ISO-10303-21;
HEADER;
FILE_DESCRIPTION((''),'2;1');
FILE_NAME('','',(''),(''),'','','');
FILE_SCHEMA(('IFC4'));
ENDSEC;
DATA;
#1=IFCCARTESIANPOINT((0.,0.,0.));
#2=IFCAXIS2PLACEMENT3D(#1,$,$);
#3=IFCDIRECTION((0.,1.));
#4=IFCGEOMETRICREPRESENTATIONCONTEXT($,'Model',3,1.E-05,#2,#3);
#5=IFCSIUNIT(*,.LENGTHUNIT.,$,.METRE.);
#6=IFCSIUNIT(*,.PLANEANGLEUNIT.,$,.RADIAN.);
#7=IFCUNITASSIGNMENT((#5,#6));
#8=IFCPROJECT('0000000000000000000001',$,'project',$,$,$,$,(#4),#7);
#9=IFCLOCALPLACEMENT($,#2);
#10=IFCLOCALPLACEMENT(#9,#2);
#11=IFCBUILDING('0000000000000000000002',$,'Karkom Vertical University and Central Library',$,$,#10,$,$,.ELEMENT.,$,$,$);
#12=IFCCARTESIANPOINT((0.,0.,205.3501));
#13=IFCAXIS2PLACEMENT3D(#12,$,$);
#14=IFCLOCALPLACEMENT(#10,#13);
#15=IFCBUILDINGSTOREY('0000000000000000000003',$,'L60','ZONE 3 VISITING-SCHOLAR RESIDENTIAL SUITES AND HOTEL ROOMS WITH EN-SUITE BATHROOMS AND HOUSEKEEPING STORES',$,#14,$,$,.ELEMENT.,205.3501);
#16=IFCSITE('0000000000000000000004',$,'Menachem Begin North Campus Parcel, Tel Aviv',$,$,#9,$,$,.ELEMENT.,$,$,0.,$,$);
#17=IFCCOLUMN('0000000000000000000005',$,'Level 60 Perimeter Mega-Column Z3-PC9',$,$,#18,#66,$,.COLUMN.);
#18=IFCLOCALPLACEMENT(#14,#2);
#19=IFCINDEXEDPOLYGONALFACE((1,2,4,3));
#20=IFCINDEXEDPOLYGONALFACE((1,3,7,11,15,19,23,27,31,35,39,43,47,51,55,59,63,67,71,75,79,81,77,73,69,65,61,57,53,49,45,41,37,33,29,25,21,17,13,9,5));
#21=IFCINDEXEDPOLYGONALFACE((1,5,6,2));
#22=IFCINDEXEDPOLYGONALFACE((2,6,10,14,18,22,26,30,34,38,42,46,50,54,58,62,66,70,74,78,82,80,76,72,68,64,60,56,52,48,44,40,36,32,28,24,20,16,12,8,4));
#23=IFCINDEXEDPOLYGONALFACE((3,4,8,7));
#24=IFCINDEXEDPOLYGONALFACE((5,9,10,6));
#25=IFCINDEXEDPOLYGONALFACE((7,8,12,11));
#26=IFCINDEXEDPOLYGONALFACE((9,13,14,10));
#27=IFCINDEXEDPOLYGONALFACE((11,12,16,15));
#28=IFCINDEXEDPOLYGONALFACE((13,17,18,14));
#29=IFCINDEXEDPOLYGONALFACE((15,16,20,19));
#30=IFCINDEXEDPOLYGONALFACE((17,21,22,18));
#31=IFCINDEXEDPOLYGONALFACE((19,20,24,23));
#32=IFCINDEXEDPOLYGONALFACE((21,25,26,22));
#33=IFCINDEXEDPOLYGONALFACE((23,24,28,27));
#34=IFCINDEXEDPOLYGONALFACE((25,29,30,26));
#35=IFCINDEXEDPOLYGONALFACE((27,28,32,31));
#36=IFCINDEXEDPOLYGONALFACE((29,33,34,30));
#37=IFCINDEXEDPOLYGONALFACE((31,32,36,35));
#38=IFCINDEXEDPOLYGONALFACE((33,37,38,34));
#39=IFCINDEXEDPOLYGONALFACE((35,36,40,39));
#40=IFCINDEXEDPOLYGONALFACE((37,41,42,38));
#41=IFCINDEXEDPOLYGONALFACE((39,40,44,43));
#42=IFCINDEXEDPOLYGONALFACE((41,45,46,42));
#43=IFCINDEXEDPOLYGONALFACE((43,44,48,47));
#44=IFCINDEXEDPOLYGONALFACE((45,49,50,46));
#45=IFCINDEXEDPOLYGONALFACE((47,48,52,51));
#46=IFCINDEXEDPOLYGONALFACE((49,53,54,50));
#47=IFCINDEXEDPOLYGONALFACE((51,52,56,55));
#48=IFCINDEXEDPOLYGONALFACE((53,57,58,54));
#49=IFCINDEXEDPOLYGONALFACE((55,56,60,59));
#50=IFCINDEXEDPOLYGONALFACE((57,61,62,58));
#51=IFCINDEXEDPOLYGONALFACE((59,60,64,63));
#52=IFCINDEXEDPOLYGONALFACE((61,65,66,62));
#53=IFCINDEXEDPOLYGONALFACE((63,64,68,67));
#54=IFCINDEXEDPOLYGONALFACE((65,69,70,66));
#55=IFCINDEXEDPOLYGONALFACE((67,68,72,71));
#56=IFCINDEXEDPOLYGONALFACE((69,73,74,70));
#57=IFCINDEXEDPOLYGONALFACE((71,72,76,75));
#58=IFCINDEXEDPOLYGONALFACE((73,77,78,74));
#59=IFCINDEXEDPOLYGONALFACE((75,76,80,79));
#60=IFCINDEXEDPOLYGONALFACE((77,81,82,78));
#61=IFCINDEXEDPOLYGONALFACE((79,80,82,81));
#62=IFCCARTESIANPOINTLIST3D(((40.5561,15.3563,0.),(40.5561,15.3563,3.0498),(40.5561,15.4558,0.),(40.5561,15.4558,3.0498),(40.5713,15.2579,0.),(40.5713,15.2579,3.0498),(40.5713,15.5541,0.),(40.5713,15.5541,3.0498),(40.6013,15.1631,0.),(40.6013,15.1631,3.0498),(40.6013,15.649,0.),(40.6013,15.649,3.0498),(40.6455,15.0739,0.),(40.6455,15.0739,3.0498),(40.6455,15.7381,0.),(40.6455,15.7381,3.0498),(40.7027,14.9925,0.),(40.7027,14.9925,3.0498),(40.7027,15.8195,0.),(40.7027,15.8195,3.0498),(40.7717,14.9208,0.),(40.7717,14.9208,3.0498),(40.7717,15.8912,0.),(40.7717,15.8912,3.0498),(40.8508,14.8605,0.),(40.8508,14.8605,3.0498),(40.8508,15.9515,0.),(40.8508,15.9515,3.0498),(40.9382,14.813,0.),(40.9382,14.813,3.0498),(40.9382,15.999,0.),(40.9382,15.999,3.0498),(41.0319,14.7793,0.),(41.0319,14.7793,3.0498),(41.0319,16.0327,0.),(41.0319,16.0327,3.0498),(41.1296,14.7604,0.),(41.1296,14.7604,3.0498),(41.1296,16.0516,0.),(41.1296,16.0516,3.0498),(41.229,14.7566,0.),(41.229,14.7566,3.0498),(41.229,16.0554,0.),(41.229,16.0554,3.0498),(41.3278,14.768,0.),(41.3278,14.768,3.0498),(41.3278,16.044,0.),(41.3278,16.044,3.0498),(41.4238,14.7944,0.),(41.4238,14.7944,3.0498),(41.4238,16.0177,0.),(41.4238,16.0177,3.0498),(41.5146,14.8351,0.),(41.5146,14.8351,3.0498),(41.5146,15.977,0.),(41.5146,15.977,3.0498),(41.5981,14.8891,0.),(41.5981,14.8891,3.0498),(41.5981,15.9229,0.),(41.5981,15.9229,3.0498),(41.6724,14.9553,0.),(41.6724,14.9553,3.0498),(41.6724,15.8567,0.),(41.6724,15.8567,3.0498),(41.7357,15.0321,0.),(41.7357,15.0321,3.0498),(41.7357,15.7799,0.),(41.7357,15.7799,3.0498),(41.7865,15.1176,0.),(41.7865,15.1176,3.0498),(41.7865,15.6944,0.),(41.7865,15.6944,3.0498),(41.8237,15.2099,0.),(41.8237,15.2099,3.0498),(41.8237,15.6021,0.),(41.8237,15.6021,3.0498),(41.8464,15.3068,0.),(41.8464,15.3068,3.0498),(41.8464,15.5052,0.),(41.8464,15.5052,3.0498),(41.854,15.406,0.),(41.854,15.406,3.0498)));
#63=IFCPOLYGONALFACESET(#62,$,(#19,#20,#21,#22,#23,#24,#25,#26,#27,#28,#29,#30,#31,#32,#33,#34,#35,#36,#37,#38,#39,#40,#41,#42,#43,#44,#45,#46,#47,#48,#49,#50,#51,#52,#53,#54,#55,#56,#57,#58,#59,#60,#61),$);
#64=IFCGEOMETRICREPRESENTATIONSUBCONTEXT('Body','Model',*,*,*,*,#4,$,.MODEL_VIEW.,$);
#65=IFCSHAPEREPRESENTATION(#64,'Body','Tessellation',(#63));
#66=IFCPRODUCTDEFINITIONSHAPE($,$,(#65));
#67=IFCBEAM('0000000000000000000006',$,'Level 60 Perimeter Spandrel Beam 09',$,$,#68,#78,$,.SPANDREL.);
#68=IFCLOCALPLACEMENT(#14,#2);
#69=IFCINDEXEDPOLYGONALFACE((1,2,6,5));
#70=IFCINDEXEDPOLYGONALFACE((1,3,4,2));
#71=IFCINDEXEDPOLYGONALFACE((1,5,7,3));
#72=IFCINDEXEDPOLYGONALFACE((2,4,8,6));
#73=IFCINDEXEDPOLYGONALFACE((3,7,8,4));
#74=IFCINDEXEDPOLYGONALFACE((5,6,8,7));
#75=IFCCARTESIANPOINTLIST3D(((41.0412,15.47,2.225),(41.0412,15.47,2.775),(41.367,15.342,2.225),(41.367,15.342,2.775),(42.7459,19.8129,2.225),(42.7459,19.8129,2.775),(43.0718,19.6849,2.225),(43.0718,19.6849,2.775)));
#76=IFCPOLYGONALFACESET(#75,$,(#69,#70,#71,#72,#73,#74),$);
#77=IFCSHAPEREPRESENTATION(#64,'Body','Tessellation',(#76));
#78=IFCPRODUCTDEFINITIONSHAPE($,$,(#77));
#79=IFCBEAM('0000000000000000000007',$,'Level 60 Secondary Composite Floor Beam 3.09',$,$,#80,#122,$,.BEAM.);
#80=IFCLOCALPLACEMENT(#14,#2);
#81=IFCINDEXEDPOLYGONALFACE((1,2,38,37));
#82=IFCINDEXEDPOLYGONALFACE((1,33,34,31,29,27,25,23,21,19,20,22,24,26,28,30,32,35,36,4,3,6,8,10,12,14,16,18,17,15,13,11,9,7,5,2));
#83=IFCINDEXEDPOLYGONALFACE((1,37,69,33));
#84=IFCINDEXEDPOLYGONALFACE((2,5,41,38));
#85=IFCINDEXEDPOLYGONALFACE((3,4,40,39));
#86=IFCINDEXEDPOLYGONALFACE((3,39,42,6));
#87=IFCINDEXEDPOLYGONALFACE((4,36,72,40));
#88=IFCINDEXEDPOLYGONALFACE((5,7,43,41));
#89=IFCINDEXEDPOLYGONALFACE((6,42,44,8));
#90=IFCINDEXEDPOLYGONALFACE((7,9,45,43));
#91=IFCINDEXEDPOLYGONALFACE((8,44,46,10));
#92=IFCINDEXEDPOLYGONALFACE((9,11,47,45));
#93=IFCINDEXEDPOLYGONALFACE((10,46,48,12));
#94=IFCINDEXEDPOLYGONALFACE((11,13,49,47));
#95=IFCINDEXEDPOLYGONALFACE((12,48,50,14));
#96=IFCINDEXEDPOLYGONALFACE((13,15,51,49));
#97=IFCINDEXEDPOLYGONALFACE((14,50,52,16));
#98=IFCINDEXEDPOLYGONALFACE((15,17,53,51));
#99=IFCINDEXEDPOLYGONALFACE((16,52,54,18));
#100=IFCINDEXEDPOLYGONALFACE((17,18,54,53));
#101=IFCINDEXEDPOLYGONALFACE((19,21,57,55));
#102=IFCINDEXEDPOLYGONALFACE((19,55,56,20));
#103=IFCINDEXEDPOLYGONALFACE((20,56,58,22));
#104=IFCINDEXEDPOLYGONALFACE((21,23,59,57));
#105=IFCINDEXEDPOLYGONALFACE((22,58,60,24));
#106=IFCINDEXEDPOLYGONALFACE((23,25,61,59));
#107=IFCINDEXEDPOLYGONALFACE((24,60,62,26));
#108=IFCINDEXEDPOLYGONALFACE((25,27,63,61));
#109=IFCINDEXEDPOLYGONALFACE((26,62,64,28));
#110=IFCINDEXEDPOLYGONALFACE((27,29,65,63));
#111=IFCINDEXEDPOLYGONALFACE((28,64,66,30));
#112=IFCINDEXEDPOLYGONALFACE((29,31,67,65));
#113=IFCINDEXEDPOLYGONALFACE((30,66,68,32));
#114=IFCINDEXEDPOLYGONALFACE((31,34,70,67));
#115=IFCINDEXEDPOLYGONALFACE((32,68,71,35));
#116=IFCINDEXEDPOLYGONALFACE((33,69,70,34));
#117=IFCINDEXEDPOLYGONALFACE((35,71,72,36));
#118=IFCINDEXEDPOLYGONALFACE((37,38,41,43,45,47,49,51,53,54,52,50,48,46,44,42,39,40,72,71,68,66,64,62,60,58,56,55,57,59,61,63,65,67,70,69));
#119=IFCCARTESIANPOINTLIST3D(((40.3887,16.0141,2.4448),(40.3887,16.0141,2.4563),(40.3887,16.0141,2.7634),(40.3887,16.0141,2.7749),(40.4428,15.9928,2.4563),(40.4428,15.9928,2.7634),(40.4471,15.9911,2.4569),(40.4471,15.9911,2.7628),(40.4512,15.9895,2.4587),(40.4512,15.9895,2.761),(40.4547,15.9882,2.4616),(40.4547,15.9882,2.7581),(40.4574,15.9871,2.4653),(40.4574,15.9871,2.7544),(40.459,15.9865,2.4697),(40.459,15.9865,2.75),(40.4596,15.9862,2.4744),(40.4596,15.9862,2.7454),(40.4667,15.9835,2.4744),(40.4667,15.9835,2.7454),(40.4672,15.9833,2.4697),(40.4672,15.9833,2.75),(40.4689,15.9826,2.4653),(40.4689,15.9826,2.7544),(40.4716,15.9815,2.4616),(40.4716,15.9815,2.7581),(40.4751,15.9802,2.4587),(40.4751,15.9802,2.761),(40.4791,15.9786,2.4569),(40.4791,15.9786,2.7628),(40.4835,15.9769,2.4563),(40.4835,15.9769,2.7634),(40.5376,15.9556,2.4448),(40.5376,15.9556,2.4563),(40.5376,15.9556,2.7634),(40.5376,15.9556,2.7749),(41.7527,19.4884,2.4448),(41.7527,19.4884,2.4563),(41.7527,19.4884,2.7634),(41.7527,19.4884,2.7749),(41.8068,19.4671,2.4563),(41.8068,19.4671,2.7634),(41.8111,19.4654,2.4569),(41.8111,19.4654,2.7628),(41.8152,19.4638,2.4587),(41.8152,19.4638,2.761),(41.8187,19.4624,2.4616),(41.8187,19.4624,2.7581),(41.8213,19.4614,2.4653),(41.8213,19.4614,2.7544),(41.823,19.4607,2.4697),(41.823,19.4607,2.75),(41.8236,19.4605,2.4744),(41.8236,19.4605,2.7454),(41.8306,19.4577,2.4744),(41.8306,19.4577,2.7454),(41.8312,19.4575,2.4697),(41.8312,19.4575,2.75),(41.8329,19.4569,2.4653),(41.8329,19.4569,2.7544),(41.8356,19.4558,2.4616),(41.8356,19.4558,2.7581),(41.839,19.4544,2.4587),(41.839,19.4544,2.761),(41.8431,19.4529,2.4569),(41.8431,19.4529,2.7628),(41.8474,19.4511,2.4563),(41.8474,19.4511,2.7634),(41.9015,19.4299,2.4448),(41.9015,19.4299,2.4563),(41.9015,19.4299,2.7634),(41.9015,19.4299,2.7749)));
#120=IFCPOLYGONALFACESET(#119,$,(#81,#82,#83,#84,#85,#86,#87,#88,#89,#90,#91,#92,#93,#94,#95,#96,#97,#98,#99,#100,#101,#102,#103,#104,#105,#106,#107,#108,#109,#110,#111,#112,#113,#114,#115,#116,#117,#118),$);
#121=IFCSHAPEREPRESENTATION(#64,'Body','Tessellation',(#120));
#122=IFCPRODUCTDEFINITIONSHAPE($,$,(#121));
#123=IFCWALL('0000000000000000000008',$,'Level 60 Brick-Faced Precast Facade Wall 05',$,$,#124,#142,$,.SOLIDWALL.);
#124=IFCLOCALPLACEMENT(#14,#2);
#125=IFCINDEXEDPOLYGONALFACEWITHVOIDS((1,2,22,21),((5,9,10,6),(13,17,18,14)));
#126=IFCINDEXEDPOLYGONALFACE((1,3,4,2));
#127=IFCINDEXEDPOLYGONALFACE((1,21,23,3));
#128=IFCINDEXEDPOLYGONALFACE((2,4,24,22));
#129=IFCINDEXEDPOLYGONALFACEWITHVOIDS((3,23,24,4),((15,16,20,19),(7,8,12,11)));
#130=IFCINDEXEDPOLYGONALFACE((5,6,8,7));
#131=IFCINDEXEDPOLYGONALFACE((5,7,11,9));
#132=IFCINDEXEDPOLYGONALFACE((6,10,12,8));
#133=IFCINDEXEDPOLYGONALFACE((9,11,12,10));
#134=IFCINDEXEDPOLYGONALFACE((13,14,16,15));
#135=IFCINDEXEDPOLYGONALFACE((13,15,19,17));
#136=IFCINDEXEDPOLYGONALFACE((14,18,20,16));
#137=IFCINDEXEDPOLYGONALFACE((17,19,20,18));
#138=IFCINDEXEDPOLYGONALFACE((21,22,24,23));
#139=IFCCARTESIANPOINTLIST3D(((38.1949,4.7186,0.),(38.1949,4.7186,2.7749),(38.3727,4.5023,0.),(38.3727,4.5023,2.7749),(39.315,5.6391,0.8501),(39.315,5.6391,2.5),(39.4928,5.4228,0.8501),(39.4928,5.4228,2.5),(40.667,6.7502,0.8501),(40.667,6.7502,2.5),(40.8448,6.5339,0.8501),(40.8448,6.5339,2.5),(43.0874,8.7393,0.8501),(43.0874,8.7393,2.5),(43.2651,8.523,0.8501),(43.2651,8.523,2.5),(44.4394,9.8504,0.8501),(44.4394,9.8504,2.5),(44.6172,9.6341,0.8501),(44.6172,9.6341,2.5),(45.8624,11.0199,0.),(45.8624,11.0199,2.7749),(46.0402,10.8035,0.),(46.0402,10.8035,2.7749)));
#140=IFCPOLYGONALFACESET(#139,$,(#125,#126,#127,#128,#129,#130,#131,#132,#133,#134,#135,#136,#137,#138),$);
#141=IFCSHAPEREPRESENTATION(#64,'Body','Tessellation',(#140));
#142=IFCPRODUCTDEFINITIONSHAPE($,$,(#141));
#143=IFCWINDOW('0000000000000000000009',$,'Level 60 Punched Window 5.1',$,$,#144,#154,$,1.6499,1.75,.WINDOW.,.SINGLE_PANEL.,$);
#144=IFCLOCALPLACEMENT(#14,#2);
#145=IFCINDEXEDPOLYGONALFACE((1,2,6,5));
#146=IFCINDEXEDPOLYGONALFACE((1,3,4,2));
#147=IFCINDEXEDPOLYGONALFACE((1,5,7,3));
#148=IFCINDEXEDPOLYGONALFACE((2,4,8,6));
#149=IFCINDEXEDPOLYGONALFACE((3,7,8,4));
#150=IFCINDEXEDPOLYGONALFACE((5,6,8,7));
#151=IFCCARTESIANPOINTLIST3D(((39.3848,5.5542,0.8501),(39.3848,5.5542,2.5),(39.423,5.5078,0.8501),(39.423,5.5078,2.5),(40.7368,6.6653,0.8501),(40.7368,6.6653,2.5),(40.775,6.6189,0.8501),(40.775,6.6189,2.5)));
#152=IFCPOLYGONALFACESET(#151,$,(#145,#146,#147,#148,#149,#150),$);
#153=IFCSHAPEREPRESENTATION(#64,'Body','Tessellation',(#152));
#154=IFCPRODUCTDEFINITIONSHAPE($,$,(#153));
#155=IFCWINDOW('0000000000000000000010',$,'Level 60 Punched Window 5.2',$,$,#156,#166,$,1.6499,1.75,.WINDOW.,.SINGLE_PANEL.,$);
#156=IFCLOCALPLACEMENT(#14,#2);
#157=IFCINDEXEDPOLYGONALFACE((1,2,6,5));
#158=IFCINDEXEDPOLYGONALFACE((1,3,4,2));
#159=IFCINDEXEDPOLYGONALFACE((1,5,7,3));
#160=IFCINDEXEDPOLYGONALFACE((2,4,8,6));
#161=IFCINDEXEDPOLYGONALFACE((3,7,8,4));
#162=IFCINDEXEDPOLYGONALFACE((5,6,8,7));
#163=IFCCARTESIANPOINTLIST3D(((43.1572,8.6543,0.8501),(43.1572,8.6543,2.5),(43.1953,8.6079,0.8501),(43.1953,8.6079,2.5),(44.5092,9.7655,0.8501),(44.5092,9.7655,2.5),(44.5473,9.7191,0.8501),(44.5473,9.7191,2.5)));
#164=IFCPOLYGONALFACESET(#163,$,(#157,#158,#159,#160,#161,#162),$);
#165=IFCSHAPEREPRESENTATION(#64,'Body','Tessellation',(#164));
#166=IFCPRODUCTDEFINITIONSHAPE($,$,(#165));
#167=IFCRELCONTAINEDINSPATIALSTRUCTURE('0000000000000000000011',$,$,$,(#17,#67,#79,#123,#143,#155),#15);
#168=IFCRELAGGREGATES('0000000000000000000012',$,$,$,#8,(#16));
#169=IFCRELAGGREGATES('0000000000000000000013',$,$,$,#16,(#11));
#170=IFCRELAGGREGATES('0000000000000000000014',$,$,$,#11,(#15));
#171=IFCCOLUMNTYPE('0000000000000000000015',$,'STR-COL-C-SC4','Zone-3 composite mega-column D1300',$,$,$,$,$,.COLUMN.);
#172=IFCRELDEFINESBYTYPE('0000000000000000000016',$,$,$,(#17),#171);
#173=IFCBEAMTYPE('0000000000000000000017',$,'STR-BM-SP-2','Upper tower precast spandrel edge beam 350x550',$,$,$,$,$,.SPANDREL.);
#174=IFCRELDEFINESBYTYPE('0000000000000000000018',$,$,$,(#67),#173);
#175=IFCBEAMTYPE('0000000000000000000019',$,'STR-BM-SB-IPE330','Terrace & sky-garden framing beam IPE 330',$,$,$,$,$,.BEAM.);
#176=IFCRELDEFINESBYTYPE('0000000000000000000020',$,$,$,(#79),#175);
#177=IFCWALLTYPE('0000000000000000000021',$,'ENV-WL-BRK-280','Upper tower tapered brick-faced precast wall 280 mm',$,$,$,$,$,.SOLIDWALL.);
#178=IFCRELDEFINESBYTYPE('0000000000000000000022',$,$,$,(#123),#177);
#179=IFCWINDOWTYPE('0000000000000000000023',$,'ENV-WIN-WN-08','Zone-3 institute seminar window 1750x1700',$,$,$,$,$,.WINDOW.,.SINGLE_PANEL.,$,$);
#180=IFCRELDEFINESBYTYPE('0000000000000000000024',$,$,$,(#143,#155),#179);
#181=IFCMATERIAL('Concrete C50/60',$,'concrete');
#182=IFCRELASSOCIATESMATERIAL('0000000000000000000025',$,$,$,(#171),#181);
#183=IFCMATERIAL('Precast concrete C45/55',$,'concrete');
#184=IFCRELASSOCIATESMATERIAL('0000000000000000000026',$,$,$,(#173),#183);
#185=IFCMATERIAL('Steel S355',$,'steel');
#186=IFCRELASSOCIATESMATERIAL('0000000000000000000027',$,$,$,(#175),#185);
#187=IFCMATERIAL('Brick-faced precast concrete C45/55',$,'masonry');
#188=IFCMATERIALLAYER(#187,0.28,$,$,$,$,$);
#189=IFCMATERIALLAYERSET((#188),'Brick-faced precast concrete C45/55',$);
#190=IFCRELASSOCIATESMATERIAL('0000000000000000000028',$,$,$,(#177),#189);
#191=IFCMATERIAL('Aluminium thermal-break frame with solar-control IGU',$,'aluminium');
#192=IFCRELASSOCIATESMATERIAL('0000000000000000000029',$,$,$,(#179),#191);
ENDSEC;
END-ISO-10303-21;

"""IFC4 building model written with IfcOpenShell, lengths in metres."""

from ifc_helpers import new_model, si_unit, direction, frame, frame_2d, origin, origin_with_axes, origin_2d, place, context, subcontext, project, spatial, rectangle, circle, i_section, extrude, source, transform, mapped, material, layer, layer_set, material_profile, profile_set, type_object, element, fill, save


model = new_model("IFC4")

# Units and contexts
model_context = context("Model", 3, precision=1e-05, world=origin(), true_north=direction((0.0, 1.0)))
body_context = subcontext(model_context, "Body", "Model", "MODEL_VIEW")
ifc_project = project(units=[si_unit("LENGTHUNIT", "METRE"), si_unit("PLANEANGLEUNIT", "RADIAN")], contexts=[model_context])

# Site, building, storey
site_placement = place(None, origin())
site = spatial("IfcSite", under=ifc_project, at=site_placement, Name="Menachem Begin North Campus Parcel, Tel Aviv", CompositionType="ELEMENT", RefElevation=0.0)
building_placement = place(site_placement, origin())
building = spatial("IfcBuilding", under=site, at=building_placement, Name="Karkom Vertical University and Central Library", CompositionType="ELEMENT")
storey_placement = place(building_placement, frame((0.0, 0.0, 205.3501)))
storey = spatial("IfcBuildingStorey", under=building, at=storey_placement, Name="L60", Description="ZONE 3 VISITING-SCHOLAR RESIDENTIAL SUITES AND HOTEL ROOMS WITH EN-SUITE BATHROOMS AND HOUSEKEEPING STORES", CompositionType="ELEMENT", Elevation=205.3501)

# Column
ifc_material_1 = material(Name="Concrete C50/60", Category="concrete")
ifc_material_profile_1 = material_profile(ifc_material_1, circle(Radius=0.6499, at=origin_2d()), Name="CFT-D1300")
ifc_profile_set_1 = profile_set([ifc_material_profile_1], Name="Concrete C50/60")
column_type = type_object("IfcColumnType", Name="STR-COL-C-SC4", Description="Zone-3 composite mega-column D1300", PredefinedType="COLUMN", material=ifc_profile_set_1)
shared_shape_1 = source(origin_with_axes(), body_context, "Body", "SweptSolid", [
    extrude(circle(Radius=0.6499, at=origin_2d()), origin(), (0.0, 0.0, 1.0), 3.0498),
])
column_placement = place(storey_placement, frame((41.2041, 15.406, 0.0), z_axis=(0.0, 0.0, 1.0), x_axis=(1.0, 0.0, 0.0)))
element("IfcColumn", 1, at=column_placement, inside=storey, type_object=column_type, Name="Level 60 Perimeter Mega-Column Z3-PC9", PredefinedType="COLUMN", context=body_context, shape_type="MappedRepresentation", body=[
    mapped(shared_shape_1, transform((0.0, 0.0, 0.0), scale=1.0)),
])

# Beams
ifc_material_2 = material(Name="Precast concrete C45/55", Category="concrete")
ifc_material_profile_2 = material_profile(ifc_material_2, rectangle(XDim=0.3501, YDim=0.55, at=origin_2d()), Name="SPB-350x550")
ifc_profile_set_2 = profile_set([ifc_material_profile_2], Name="Precast concrete C45/55")
beam_type_1 = type_object("IfcBeamType", Name="STR-BM-SP-2", Description="Upper tower precast spandrel edge beam 350x550", PredefinedType="SPANDREL", material=ifc_profile_set_2)
shared_shape_2 = source(origin_with_axes(), body_context, "Body", "SweptSolid", [
    extrude(rectangle(XDim=0.3501, YDim=0.55, at=origin_2d()), origin(), (0.0, 0.0, 1.0), 4.6655),
])
beam_1_placement = place(storey_placement, frame((41.2041, 15.406, 2.5), z_axis=(0.365401, 0.93085, 0.0), x_axis=(-0.93085, 0.365401, 0.0)))
element("IfcBeam", 2, at=beam_1_placement, inside=storey, type_object=beam_type_1, Name="Level 60 Perimeter Spandrel Beam 09", PredefinedType="SPANDREL", context=body_context, shape_type="MappedRepresentation", body=[
    mapped(shared_shape_2, transform((0.0, 0.0, 0.0), scale=1.0)),
])
ifc_material_3 = material(Name="Steel S355", Category="steel")
ifc_material_profile_3 = material_profile(ifc_material_3, i_section(OverallWidth=0.1599, OverallDepth=0.3301, WebThickness=0.0076, FlangeThickness=0.0115, FilletRadius=0.0181, at=origin_2d()), Name="IPE 330")
ifc_profile_set_3 = profile_set([ifc_material_profile_3], Name="Steel S355")
beam_type_2 = type_object("IfcBeamType", Name="STR-BM-SB-IPE330", Description="Terrace & sky-garden framing beam IPE 330", PredefinedType="BEAM", material=ifc_profile_set_3)
shared_shape_3 = source(origin_with_axes(), body_context, "Body", "SweptSolid", [
    extrude(i_section(OverallWidth=0.1599, OverallDepth=0.3301, WebThickness=0.0076, FlangeThickness=0.0115, FilletRadius=0.0181, at=origin_2d()), origin(), (0.0, 0.0, 1.0), 3.7324),
])
beam_2_placement = place(storey_placement, frame((40.4631, 15.9849, 2.6099), z_axis=(0.36544, 0.930835, 0.0), x_axis=(-0.930835, 0.36544, 0.0)))
element("IfcBeam", 3, at=beam_2_placement, inside=storey, type_object=beam_type_2, Name="Level 60 Secondary Composite Floor Beam 3.09", PredefinedType="BEAM", context=body_context, shape_type="MappedRepresentation", body=[
    mapped(shared_shape_3, transform((0.0, 0.0, 0.0), scale=1.0)),
])

# Wall, openings, windows
ifc_material_4 = material(Name="Brick-faced precast concrete C45/55", Category="masonry")
ifc_layer_1 = layer(ifc_material_4, 0.28)
ifc_layer_set_1 = layer_set([ifc_layer_1], Name="Brick-faced precast concrete C45/55")
wall_type_1 = type_object("IfcWallType", Name="ENV-WL-BRK-280", Description="Upper tower tapered brick-faced precast wall 280 mm", PredefinedType="SOLIDWALL", material=ifc_layer_set_1)
wall_1_placement = place(storey_placement, frame((38.2837, 4.6104, 0.0), z_axis=(0.0, 0.0, 1.0), x_axis=(0.772579, 0.634919, 0.0)))
wall_1 = element("IfcWall", 4, at=wall_1_placement, inside=storey, type_object=wall_type_1, Name="Level 60 Brick-Faced Precast Facade Wall 05", PredefinedType="SOLIDWALL", context=body_context, shape_type="SweptSolid", body=[
    extrude(rectangle(XDim=9.9246, YDim=0.28, at=frame_2d((4.9624, 0.0))), origin(), (0.0, 0.0, 1.0), 2.7749),
])
opening_1_placement = place(wall_1_placement, frame((1.45, 0.0, 0.8501)))
opening_1 = element("IfcOpeningElement", 5, at=opening_1_placement, cuts=wall_1, PredefinedType="OPENING", context=body_context, shape_type="SweptSolid", body=[
    extrude(rectangle(XDim=1.75, YDim=1.6499, at=frame_2d((0.875, 0.825))), frame((0.0, 0.1499, 0.0), z_axis=(0.0, -1.0, 0.0), x_axis=(1.0, 0.0, 0.0)), (0.0, 0.0, 1.0), 0.3),
])
opening_2_placement = place(wall_1_placement, frame((6.3328, 0.0, 0.8501)))
opening_2 = element("IfcOpeningElement", 6, at=opening_2_placement, cuts=wall_1, PredefinedType="OPENING", context=body_context, shape_type="SweptSolid", body=[
    extrude(rectangle(XDim=1.75, YDim=1.6499, at=frame_2d((0.875, 0.825))), frame((0.0, 0.1499, 0.0), z_axis=(0.0, -1.0, 0.0), x_axis=(1.0, 0.0, 0.0)), (0.0, 0.0, 1.0), 0.3),
])
ifc_material_5 = material(Name="Aluminium thermal-break frame with solar-control IGU", Category="aluminium")
window_type = type_object("IfcWindowType", Name="ENV-WIN-WN-08", Description="Zone-3 institute seminar window 1750x1700", PartitioningType="SINGLE_PANEL", PredefinedType="WINDOW", material=ifc_material_5)
shared_shape_4 = source(origin_with_axes(), body_context, "Body", "SweptSolid", [
    extrude(rectangle(XDim=1.75, YDim=1.6499, at=frame_2d((0.875, 0.825))), frame((0.0, 0.03, 0.0), z_axis=(0.0, -1.0, 0.0), x_axis=(1.0, 0.0, 0.0)), (0.0, 0.0, 1.0), 0.0601),
])
window_1_placement = place(opening_1_placement, origin())
window_1 = element("IfcWindow", 7, at=window_1_placement, inside=storey, type_object=window_type, Name="Level 60 Punched Window 5.1", OverallHeight=1.6499, OverallWidth=1.75, PartitioningType="SINGLE_PANEL", PredefinedType="WINDOW", context=body_context, shape_type="MappedRepresentation", body=[
    mapped(shared_shape_4, transform((0.0, 0.0, 0.0), scale=1.0)),
])
fill(opening_1, window_1)
window_2_placement = place(opening_2_placement, origin())
window_2 = element("IfcWindow", 8, at=window_2_placement, inside=storey, type_object=window_type, Name="Level 60 Punched Window 5.2", OverallHeight=1.6499, OverallWidth=1.75, PartitioningType="SINGLE_PANEL", PredefinedType="WINDOW", context=body_context, shape_type="MappedRepresentation", body=[
    mapped(shared_shape_4, transform((0.0, 0.0, 0.0), scale=1.0)),
])
fill(opening_2, window_2)

save(model, "model.ifc")
